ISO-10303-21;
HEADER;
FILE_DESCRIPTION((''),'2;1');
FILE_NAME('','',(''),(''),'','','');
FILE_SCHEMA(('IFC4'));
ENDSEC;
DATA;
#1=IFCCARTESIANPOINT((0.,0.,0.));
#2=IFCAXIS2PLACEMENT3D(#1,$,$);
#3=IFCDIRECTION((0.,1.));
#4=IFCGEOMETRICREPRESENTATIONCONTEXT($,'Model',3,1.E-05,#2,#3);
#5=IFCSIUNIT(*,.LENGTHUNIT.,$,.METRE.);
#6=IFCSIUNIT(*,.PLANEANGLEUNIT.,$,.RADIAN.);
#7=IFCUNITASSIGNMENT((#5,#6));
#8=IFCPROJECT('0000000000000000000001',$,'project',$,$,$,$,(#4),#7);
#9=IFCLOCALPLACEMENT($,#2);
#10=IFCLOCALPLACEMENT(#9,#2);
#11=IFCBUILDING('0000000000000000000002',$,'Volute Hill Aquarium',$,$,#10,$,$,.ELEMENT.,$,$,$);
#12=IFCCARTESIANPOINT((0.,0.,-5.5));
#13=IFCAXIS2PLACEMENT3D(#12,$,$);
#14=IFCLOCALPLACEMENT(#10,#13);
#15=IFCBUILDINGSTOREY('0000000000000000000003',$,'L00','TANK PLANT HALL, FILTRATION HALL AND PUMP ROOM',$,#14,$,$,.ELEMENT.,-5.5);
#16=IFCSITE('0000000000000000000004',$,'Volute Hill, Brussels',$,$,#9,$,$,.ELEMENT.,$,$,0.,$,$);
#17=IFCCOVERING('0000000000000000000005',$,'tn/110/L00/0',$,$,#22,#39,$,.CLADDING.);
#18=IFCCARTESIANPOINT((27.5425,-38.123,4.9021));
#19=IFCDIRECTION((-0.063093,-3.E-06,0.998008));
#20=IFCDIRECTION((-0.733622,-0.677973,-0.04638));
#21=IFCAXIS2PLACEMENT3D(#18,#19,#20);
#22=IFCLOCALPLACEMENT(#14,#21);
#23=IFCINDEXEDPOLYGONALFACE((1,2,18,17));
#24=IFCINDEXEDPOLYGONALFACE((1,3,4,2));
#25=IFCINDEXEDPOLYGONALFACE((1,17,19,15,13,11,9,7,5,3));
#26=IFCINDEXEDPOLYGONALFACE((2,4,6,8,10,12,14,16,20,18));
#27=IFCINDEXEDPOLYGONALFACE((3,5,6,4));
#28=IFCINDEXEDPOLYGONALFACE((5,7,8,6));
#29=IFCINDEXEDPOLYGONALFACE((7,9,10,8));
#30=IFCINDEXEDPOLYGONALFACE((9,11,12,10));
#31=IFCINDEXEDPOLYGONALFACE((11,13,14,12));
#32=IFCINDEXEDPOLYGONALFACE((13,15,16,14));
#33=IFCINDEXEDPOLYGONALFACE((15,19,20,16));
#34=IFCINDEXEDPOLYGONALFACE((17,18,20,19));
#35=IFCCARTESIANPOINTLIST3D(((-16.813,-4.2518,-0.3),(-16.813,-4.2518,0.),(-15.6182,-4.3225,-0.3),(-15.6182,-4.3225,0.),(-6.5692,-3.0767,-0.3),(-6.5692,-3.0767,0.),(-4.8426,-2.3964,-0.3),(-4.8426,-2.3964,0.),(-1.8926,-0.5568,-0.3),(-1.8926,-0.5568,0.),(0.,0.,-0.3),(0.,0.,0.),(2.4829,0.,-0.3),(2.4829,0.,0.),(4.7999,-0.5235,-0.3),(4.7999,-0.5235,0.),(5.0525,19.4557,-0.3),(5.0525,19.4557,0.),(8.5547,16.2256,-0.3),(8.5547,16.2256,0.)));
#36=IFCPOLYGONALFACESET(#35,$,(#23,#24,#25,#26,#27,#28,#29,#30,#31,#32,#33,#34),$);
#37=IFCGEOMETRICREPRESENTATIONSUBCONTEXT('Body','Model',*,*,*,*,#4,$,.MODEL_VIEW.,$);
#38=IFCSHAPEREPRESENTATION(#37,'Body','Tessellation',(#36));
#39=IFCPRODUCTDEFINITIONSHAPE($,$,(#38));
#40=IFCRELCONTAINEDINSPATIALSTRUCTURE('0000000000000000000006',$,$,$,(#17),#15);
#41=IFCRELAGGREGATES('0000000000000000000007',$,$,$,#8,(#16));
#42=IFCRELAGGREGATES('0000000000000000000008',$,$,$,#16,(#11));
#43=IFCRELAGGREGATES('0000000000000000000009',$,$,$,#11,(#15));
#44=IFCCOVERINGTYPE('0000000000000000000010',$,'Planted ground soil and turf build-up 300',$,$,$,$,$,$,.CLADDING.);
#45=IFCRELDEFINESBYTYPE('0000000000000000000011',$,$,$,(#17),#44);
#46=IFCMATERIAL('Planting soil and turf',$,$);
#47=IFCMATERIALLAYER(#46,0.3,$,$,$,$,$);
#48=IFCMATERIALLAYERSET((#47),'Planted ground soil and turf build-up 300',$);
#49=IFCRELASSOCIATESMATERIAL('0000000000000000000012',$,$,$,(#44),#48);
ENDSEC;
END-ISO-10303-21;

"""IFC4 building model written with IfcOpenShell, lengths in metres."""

from ifc_helpers import new_model, si_unit, direction, frame, origin, place, context, subcontext, project, spatial, polyline, outline, extrude, material, layer, layer_set, type_object, element, save


model = new_model("IFC4")

# Units and contexts
model_context = context("Model", 3, precision=1e-05, world=origin(), true_north=direction((0.0, 1.0)))
body_context = subcontext(model_context, "Body", "Model", "MODEL_VIEW")
ifc_project = project(units=[si_unit("LENGTHUNIT", "METRE"), si_unit("PLANEANGLEUNIT", "RADIAN")], contexts=[model_context])

# Site, building, storey
site_placement = place(None, origin())
site = spatial("IfcSite", under=ifc_project, at=site_placement, Name="Volute Hill, Brussels", CompositionType="ELEMENT", RefElevation=0.0)
building_placement = place(site_placement, origin())
building = spatial("IfcBuilding", under=site, at=building_placement, Name="Volute Hill Aquarium", CompositionType="ELEMENT")
storey_placement = place(building_placement, frame((0.0, 0.0, -5.5)))
storey = spatial("IfcBuildingStorey", under=building, at=storey_placement, Name="L00", Description="TANK PLANT HALL, FILTRATION HALL AND PUMP ROOM", CompositionType="ELEMENT", Elevation=-5.5)

# Covering
ifc_material_1 = material(Name="Planting soil and turf")
ifc_layer_1 = layer(ifc_material_1, 0.3)
ifc_layer_set_1 = layer_set([ifc_layer_1], Name="Planted ground soil and turf build-up 300")
covering_type = type_object("IfcCoveringType", Name="Planted ground soil and turf build-up 300", PredefinedType="CLADDING", material=ifc_layer_set_1)
covering_placement = place(storey_placement, frame((27.5425, -38.123, 4.9021), z_axis=(-0.063093, -0.000003, 0.998008), x_axis=(-0.733622, -0.677973, -0.04638)))
element("IfcCovering", 1, at=covering_placement, inside=storey, type_object=covering_type, Name="tn/110/L00/0", PredefinedType="CLADDING", context=body_context, shape_type="SweptSolid", body=[
    extrude(outline(polyline([(0.0, 0.0), (2.4829, 0.0), (4.7999, -0.5235), (8.5547, 16.2256), (5.0525, 19.4557), (-16.813, -4.2518), (-15.6182, -4.3225), (-6.5692, -3.0767), (-4.8426, -2.3964), (-1.8926, -0.5568), (0.0, 0.0)])), origin(), (0.0, 0.0, -1.0), 0.3),
])

save(model, "model.ifc")
